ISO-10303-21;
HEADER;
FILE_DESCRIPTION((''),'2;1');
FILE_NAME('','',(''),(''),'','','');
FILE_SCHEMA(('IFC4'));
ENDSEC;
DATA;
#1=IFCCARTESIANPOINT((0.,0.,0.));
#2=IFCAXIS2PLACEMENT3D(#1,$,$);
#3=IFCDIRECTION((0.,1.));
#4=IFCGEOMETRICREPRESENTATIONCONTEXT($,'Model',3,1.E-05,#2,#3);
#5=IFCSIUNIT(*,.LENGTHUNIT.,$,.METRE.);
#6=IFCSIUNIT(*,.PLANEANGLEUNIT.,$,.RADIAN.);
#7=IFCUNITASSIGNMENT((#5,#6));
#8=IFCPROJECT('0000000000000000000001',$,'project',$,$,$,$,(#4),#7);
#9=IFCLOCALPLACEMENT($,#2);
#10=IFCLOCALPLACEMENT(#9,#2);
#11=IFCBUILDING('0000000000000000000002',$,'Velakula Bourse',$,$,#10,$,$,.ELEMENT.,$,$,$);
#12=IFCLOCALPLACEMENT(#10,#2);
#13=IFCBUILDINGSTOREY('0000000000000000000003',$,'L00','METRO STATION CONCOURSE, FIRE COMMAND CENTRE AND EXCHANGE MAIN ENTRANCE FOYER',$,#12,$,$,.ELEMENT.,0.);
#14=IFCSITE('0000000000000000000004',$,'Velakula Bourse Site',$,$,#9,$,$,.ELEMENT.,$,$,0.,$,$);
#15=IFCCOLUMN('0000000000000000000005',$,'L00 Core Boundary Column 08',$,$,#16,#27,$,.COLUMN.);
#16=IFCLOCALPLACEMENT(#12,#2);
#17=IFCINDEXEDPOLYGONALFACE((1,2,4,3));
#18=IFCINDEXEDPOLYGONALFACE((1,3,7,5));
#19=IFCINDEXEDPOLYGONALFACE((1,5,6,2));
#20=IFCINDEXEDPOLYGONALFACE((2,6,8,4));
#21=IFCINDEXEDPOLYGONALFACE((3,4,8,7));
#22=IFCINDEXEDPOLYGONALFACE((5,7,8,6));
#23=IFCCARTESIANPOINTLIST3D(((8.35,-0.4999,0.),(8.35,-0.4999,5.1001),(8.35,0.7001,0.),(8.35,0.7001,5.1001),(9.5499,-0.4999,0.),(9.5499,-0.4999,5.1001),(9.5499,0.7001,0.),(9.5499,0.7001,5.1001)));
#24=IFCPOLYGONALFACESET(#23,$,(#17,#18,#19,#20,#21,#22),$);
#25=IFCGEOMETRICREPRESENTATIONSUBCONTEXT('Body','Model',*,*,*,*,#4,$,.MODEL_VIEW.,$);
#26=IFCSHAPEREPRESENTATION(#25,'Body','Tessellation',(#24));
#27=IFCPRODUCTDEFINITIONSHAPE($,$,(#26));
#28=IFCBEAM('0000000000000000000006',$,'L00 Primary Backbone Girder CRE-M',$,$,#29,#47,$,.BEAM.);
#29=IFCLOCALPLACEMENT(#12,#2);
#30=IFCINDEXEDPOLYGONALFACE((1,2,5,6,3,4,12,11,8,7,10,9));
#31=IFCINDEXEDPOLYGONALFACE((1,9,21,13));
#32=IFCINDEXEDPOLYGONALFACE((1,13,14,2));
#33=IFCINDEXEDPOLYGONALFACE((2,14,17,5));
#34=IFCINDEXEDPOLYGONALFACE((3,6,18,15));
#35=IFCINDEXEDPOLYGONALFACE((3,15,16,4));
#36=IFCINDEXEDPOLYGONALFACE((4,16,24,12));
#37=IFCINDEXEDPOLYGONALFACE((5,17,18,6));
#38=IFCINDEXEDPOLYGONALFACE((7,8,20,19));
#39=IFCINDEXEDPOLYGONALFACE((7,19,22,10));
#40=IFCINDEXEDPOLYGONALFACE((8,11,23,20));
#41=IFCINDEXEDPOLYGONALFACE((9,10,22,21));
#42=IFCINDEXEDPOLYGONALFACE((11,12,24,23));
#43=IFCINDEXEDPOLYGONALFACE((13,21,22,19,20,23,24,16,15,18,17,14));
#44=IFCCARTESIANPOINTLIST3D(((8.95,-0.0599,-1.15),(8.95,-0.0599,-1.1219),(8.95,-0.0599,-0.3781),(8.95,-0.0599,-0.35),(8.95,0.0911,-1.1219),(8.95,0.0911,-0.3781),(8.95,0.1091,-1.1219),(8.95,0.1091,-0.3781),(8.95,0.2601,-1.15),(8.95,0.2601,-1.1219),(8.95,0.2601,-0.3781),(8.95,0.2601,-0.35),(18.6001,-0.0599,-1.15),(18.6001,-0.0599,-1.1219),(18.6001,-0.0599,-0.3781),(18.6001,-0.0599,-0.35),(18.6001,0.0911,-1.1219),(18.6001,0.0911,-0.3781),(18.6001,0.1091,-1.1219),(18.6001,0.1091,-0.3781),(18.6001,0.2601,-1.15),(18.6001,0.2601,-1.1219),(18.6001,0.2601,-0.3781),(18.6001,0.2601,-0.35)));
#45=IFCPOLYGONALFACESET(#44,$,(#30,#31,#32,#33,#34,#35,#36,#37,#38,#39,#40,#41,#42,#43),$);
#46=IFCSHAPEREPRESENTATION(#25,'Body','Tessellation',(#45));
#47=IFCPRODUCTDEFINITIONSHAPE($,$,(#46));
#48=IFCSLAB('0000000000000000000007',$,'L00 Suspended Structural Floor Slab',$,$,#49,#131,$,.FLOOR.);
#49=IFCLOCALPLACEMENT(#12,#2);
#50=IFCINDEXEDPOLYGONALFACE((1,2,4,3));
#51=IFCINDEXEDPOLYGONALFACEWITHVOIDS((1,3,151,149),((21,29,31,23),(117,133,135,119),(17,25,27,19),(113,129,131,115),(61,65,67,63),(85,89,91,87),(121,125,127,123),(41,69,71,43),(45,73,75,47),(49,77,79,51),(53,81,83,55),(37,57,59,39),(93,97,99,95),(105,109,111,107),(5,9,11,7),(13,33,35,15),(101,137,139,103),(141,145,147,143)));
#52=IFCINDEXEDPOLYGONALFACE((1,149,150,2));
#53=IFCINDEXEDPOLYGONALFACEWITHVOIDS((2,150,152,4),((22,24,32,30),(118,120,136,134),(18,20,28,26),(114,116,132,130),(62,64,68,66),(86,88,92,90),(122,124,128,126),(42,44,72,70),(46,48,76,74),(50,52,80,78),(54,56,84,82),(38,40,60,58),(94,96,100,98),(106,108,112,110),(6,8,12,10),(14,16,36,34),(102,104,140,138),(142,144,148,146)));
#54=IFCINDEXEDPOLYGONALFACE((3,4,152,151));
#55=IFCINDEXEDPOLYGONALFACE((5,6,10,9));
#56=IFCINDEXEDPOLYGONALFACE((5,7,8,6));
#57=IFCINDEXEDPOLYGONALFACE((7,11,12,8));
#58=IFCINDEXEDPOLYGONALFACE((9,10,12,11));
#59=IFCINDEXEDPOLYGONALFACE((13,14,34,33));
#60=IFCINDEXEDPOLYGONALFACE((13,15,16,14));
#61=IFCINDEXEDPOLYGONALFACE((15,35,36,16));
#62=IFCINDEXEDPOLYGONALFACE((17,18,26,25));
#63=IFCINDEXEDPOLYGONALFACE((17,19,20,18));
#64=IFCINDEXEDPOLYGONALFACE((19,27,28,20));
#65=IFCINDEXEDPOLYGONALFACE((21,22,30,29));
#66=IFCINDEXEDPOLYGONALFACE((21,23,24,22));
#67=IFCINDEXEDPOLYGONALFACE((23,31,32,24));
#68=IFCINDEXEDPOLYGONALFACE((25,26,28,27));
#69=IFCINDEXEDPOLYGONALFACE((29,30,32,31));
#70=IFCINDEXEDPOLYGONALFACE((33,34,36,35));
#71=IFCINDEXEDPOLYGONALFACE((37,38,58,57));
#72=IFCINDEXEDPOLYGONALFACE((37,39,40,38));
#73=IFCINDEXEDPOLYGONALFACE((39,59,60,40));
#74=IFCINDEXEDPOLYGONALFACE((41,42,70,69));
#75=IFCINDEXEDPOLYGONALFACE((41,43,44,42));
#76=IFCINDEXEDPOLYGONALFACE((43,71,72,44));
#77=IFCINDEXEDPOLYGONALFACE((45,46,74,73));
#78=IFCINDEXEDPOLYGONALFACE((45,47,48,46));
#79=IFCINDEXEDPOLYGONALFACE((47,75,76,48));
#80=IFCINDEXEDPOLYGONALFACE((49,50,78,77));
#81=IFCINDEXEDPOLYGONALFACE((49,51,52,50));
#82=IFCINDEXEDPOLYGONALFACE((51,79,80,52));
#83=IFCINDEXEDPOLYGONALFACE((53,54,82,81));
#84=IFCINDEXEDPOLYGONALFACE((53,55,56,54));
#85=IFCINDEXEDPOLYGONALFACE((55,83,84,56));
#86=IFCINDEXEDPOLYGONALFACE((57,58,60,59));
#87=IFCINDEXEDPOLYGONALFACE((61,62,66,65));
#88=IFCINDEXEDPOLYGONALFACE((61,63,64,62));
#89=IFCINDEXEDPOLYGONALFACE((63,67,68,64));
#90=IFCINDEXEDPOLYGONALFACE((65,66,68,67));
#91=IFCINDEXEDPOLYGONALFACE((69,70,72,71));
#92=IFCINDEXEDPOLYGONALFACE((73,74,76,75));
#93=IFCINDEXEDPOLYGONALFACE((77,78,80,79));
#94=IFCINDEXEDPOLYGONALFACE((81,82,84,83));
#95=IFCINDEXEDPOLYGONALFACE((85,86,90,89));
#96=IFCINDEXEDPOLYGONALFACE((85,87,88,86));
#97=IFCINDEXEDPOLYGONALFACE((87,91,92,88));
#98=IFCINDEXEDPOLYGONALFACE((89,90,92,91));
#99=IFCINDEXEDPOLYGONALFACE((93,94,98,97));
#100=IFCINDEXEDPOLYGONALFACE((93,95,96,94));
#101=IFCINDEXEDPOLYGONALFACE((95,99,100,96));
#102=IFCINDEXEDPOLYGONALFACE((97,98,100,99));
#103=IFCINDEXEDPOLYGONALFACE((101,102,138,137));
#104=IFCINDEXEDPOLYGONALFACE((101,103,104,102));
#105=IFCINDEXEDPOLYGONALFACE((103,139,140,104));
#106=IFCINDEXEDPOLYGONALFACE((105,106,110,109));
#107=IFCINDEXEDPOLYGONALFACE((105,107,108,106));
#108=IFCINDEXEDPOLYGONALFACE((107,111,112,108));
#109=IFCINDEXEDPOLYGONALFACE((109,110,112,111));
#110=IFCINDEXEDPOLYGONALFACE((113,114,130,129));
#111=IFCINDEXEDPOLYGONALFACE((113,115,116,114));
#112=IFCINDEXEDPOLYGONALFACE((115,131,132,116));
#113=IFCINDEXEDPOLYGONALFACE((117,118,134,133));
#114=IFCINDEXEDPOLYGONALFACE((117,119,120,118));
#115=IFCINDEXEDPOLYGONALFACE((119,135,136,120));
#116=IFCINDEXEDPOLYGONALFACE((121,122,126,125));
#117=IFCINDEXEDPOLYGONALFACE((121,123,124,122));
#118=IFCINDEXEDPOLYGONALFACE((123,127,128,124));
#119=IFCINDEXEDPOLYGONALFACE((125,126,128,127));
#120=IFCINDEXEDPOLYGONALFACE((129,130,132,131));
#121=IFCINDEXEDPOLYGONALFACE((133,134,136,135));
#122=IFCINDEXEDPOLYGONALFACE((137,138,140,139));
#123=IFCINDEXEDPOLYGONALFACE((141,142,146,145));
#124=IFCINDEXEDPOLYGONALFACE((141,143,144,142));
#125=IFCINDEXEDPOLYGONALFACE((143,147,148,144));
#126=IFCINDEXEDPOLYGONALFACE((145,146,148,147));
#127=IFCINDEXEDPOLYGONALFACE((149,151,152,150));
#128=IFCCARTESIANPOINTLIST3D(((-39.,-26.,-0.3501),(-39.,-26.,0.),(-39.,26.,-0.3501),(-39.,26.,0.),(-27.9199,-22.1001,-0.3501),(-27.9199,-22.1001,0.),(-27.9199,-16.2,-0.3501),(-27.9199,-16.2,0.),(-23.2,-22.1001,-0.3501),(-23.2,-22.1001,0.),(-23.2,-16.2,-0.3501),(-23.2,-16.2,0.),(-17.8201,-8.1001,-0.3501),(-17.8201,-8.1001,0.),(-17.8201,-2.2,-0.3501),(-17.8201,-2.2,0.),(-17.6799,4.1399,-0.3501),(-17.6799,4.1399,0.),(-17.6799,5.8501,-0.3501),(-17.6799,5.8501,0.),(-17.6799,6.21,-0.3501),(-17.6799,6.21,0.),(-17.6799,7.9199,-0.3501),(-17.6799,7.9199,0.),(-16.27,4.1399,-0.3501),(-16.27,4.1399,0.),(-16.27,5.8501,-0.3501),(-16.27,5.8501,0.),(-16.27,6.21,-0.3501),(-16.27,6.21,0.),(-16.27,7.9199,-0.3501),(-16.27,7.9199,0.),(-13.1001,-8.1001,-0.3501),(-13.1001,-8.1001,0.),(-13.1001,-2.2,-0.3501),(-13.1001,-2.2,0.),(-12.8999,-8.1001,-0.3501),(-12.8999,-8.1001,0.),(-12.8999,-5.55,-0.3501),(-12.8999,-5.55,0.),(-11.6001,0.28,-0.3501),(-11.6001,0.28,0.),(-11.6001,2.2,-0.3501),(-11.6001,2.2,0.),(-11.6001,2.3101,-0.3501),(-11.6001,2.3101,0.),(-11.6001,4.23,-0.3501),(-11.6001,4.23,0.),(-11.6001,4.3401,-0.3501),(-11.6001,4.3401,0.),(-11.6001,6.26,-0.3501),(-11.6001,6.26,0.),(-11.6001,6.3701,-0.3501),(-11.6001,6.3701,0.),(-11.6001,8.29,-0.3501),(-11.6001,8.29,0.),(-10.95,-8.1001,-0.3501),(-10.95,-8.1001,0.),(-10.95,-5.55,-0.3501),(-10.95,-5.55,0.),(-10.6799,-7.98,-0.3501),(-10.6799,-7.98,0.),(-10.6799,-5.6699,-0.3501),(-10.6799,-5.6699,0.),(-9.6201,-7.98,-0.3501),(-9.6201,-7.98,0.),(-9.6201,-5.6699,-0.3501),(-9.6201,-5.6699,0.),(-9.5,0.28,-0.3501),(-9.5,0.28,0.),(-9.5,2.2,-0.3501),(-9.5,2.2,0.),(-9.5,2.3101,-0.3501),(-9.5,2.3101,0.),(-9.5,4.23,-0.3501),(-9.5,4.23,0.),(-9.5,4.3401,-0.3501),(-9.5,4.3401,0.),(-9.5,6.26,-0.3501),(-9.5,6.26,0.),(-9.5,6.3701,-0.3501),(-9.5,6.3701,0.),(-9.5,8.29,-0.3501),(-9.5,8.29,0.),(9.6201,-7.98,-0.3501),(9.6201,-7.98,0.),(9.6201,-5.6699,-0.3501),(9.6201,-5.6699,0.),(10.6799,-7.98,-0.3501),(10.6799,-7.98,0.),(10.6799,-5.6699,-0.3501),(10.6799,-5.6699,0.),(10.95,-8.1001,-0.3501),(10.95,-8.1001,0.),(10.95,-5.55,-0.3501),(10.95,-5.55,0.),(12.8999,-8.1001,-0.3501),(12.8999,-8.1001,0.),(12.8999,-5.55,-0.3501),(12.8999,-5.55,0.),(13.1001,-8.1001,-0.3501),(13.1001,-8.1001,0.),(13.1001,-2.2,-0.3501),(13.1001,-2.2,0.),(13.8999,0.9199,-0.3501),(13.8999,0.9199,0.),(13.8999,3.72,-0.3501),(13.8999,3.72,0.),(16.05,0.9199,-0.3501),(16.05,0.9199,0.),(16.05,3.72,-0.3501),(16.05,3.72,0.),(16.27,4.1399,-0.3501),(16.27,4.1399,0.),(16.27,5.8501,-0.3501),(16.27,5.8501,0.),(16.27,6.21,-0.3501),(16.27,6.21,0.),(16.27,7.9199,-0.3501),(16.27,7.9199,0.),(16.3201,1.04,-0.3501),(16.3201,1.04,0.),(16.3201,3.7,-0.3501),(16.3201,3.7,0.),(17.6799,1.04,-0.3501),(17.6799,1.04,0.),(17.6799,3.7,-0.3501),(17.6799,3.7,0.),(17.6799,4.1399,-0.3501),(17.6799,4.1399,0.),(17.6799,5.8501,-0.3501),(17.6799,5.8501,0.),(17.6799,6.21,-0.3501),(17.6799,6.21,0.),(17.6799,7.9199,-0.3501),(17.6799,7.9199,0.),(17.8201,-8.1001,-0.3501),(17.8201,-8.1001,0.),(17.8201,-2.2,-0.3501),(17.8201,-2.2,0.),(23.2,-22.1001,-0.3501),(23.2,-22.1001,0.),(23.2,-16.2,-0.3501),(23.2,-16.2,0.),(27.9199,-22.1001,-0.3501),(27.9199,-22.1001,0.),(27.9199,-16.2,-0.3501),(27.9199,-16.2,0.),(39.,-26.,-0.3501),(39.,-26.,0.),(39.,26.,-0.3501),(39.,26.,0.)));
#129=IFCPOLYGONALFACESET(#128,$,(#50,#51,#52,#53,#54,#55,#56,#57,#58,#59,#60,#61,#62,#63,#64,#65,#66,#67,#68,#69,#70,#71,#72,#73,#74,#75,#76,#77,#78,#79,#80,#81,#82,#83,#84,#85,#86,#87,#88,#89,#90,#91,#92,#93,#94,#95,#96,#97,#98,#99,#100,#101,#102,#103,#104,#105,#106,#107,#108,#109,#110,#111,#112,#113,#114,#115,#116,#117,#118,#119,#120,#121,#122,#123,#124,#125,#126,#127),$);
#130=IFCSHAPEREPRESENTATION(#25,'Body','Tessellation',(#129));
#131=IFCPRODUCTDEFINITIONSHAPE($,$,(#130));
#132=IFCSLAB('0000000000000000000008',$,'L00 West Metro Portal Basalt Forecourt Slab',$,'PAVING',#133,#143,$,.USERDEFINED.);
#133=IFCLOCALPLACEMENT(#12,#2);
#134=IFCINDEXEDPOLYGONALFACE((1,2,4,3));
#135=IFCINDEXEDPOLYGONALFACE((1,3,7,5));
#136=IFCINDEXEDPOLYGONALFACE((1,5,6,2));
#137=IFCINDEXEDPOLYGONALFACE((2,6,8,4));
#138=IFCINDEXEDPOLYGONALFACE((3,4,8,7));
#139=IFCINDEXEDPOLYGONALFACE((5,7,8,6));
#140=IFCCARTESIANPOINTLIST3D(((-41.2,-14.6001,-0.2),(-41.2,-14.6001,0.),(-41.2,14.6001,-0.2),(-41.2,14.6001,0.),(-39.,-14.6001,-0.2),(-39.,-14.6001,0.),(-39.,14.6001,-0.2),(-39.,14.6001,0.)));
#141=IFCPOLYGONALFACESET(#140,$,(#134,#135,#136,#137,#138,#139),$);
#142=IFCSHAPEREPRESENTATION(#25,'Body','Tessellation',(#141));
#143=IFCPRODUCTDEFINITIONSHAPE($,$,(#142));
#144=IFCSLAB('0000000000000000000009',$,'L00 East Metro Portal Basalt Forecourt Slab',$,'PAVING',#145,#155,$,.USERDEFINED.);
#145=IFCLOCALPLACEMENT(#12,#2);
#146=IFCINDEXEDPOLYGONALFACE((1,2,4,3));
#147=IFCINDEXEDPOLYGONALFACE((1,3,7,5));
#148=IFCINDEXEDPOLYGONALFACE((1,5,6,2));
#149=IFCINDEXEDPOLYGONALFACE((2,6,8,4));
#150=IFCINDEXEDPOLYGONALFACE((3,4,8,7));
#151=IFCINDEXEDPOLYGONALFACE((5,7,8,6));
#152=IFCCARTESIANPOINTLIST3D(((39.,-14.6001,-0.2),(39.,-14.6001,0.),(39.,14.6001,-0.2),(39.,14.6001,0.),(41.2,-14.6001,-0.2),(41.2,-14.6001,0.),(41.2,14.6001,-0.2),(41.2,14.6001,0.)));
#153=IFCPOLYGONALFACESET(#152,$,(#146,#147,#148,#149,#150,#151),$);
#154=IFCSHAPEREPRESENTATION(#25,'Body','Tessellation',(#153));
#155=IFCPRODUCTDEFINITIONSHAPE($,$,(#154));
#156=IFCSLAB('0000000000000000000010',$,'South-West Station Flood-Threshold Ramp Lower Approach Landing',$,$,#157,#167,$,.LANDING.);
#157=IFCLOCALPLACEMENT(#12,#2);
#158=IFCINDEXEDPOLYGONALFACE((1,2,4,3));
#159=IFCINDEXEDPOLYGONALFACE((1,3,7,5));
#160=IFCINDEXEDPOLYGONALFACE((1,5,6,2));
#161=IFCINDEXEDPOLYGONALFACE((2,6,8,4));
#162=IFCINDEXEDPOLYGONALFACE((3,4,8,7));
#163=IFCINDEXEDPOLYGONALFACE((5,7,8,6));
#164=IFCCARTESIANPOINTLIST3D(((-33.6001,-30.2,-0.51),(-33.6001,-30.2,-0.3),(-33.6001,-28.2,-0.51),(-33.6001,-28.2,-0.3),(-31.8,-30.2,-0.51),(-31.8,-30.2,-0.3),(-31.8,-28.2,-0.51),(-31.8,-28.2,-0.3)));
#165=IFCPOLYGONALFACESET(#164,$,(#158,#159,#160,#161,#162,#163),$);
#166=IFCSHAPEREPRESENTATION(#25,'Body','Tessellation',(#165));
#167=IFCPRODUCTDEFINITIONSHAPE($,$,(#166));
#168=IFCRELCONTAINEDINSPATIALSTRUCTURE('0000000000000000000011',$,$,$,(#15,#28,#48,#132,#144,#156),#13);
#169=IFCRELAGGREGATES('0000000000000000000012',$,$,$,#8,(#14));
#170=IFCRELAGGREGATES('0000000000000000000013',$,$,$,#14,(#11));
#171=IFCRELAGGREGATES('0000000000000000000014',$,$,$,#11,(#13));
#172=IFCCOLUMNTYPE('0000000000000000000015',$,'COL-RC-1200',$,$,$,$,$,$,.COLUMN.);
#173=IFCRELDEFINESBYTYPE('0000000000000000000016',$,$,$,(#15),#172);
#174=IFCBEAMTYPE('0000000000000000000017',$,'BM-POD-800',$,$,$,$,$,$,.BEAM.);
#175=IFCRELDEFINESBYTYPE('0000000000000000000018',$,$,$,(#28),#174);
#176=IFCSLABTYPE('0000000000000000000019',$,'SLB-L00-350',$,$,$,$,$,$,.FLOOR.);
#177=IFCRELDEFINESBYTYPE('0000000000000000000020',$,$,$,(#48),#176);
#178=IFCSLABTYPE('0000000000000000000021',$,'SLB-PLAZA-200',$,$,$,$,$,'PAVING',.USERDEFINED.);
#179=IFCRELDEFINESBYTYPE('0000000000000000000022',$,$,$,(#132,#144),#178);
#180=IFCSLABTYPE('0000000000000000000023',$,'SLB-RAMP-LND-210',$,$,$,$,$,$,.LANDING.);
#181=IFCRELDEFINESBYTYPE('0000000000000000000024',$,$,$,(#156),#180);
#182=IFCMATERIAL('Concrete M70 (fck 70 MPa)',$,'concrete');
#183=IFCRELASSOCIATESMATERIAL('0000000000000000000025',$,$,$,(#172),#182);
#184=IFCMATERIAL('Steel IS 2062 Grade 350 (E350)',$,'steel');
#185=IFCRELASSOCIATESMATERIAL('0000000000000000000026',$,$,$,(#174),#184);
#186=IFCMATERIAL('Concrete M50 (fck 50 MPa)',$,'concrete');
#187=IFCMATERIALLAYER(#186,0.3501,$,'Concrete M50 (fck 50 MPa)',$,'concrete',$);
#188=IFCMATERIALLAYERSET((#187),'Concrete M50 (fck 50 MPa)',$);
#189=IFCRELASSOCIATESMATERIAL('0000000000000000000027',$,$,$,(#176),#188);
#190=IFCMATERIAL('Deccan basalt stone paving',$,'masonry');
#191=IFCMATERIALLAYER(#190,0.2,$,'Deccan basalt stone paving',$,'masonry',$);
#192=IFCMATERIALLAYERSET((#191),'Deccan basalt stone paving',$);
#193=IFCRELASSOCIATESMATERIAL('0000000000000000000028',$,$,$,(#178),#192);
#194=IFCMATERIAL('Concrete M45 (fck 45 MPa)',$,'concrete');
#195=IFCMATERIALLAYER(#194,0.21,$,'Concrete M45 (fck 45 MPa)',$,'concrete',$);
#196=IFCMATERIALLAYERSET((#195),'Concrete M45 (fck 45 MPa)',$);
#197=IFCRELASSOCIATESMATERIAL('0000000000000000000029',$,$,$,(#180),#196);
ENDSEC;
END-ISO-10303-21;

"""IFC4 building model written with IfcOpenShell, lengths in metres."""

from ifc_helpers import new_model, si_unit, direction, frame, origin, origin_2d, place, context, subcontext, project, spatial, polyline, rectangle, i_section, outline, extrude, material, layer, layer_set, material_profile, profile_set, type_object, element, save


model = new_model("IFC4")

# Units and contexts
model_context = context("Model", 3, precision=1e-05, world=origin(), true_north=direction((0.0, 1.0)))
body_context = subcontext(model_context, "Body", "Model", "MODEL_VIEW")
ifc_project = project(units=[si_unit("LENGTHUNIT", "METRE"), si_unit("PLANEANGLEUNIT", "RADIAN")], contexts=[model_context])

# Site, building, storey
site_placement = place(None, origin())
site = spatial("IfcSite", under=ifc_project, at=site_placement, Name="Velakula Bourse Site", CompositionType="ELEMENT", RefElevation=0.0)
building_placement = place(site_placement, origin())
building = spatial("IfcBuilding", under=site, at=building_placement, Name="Velakula Bourse", CompositionType="ELEMENT")
storey_placement = place(building_placement, origin())
storey = spatial("IfcBuildingStorey", under=building, at=storey_placement, Name="L00", Description="METRO STATION CONCOURSE, FIRE COMMAND CENTRE AND EXCHANGE MAIN ENTRANCE FOYER", CompositionType="ELEMENT", Elevation=0.0)

# Column
ifc_material_1 = material(Name="Concrete M70 (fck 70 MPa)", Category="concrete")
ifc_material_profile_1 = material_profile(ifc_material_1, rectangle(XDim=1.2, YDim=1.2, at=origin_2d()), Name="Concrete M70 (fck 70 MPa)")
ifc_profile_set_1 = profile_set([ifc_material_profile_1], Name="Concrete M70 (fck 70 MPa)")
column_type = type_object("IfcColumnType", Name="COL-RC-1200", PredefinedType="COLUMN", material=ifc_profile_set_1)
column_placement = place(storey_placement, frame((8.95, 0.1001, 0.0), z_axis=(0.0, 0.0, 1.0), x_axis=(1.0, 0.0, 0.0)))
element("IfcColumn", 1, at=column_placement, inside=storey, type_object=column_type, Name="L00 Core Boundary Column 08", PredefinedType="COLUMN", context=body_context, shape_type="SweptSolid", body=[
    extrude(rectangle(XDim=1.2, YDim=1.2, at=origin_2d()), origin(), (0.0, 0.0, 1.0), 5.1001),
])

# Beam
ifc_material_2 = material(Name="Steel IS 2062 Grade 350 (E350)", Category="steel")
ifc_material_profile_2 = material_profile(ifc_material_2, i_section(OverallWidth=0.3201, OverallDepth=0.8, WebThickness=0.0181, FlangeThickness=0.0281, at=origin_2d()), Name="Steel IS 2062 Grade 350 (E350)")
ifc_profile_set_2 = profile_set([ifc_material_profile_2], Name="Steel IS 2062 Grade 350 (E350)")
beam_type = type_object("IfcBeamType", Name="BM-POD-800", PredefinedType="BEAM", material=ifc_profile_set_2)
beam_placement = place(storey_placement, frame((8.95, 0.1001, -0.75), z_axis=(1.0, 0.0, 0.0), x_axis=(0.0, 1.0, 0.0)))
element("IfcBeam", 2, at=beam_placement, inside=storey, type_object=beam_type, Name="L00 Primary Backbone Girder CRE-M", PredefinedType="BEAM", context=body_context, shape_type="SweptSolid", body=[
    extrude(i_section(OverallWidth=0.3201, OverallDepth=0.8, WebThickness=0.0181, FlangeThickness=0.0281, at=origin_2d()), origin(), (0.0, 0.0, 1.0), 9.6501),
])

# Slabs
ifc_material_3 = material(Name="Concrete M50 (fck 50 MPa)", Category="concrete")
ifc_layer_1 = layer(ifc_material_3, 0.3501, Name="Concrete M50 (fck 50 MPa)", Category="concrete")
ifc_layer_set_1 = layer_set([ifc_layer_1], Name="Concrete M50 (fck 50 MPa)")
slab_type_1 = type_object("IfcSlabType", Name="SLB-L00-350", PredefinedType="FLOOR", material=ifc_layer_set_1)
slab_1_placement = place(storey_placement, frame((0.0, 0.0, -0.3501)))
element("IfcSlab", 3, at=slab_1_placement, inside=storey, type_object=slab_type_1, Name="L00 Suspended Structural Floor Slab", PredefinedType="FLOOR", context=body_context, shape_type="SweptSolid", body=[
    extrude(outline(polyline([(-39.0, -26.0), (39.0, -26.0), (39.0, 26.0), (-39.0, 26.0), (-39.0, -26.0)]), holes=[polyline([(-17.8201, -8.1001), (-13.1001, -8.1001), (-13.1001, -2.2), (-17.8201, -2.2), (-17.8201, -8.1001)]), polyline([(13.1001, -8.1001), (17.8201, -8.1001), (17.8201, -2.2), (13.1001, -2.2), (13.1001, -8.1001)]), polyline([(-27.9199, -22.1001), (-23.2, -22.1001), (-23.2, -16.2), (-27.9199, -16.2), (-27.9199, -22.1001)]), polyline([(23.2, -22.1001), (27.9199, -22.1001), (27.9199, -16.2), (23.2, -16.2), (23.2, -22.1001)]), polyline([(-12.8999, -8.1001), (-10.95, -8.1001), (-10.95, -5.55), (-12.8999, -5.55), (-12.8999, -8.1001)]), polyline([(10.95, -8.1001), (12.8999, -8.1001), (12.8999, -5.55), (10.95, -5.55), (10.95, -8.1001)]), polyline([(13.8999, 0.9199), (16.05, 0.9199), (16.05, 3.72), (13.8999, 3.72), (13.8999, 0.9199)]), polyline([(-10.6799, -7.98), (-9.6201, -7.98), (-9.6201, -5.6699), (-10.6799, -5.6699), (-10.6799, -7.98)]), polyline([(-17.6799, 4.1399), (-16.27, 4.1399), (-16.27, 5.8501), (-17.6799, 5.8501), (-17.6799, 4.1399)]), polyline([(-17.6799, 6.21), (-16.27, 6.21), (-16.27, 7.9199), (-17.6799, 7.9199), (-17.6799, 6.21)]), polyline([(9.6201, -7.98), (10.6799, -7.98), (10.6799, -5.6699), (9.6201, -5.6699), (9.6201, -7.98)]), polyline([(16.27, 4.1399), (17.6799, 4.1399), (17.6799, 5.8501), (16.27, 5.8501), (16.27, 4.1399)]), polyline([(16.27, 6.21), (17.6799, 6.21), (17.6799, 7.9199), (16.27, 7.9199), (16.27, 6.21)]), polyline([(16.3201, 1.04), (17.6799, 1.04), (17.6799, 3.7), (16.3201, 3.7), (16.3201, 1.04)]), polyline([(-11.6001, 0.28), (-9.5, 0.28), (-9.5, 2.2), (-11.6001, 2.2), (-11.6001, 0.28)]), polyline([(-11.6001, 2.3101), (-9.5, 2.3101), (-9.5, 4.23), (-11.6001, 4.23), (-11.6001, 2.3101)]), polyline([(-11.6001, 4.3401), (-9.5, 4.3401), (-9.5, 6.26), (-11.6001, 6.26), (-11.6001, 4.3401)]), polyline([(-11.6001, 6.3701), (-9.5, 6.3701), (-9.5, 8.29), (-11.6001, 8.29), (-11.6001, 6.3701)])]), origin(), (0.0, 0.0, 1.0), 0.3501),
])
ifc_material_4 = material(Name="Deccan basalt stone paving", Category="masonry")
ifc_layer_2 = layer(ifc_material_4, 0.2, Name="Deccan basalt stone paving", Category="masonry")
ifc_layer_set_2 = layer_set([ifc_layer_2], Name="Deccan basalt stone paving")
slab_type_2 = type_object("IfcSlabType", Name="SLB-PLAZA-200", ElementType="PAVING", PredefinedType="USERDEFINED", material=ifc_layer_set_2)
slab_2_placement = place(storey_placement, frame((0.0, 0.0, -0.2)))
element("IfcSlab", 4, at=slab_2_placement, inside=storey, type_object=slab_type_2, Name="L00 West Metro Portal Basalt Forecourt Slab", ObjectType="PAVING", PredefinedType="USERDEFINED", context=body_context, shape_type="SweptSolid", body=[
    extrude(outline(polyline([(-41.2, -14.6001), (-39.0, -14.6001), (-39.0, 14.6001), (-41.2, 14.6001), (-41.2, -14.6001)])), origin(), (0.0, 0.0, 1.0), 0.2),
])
slab_3_placement = place(storey_placement, frame((0.0, 0.0, -0.2)))
element("IfcSlab", 5, at=slab_3_placement, inside=storey, type_object=slab_type_2, Name="L00 East Metro Portal Basalt Forecourt Slab", ObjectType="PAVING", PredefinedType="USERDEFINED", context=body_context, shape_type="SweptSolid", body=[
    extrude(outline(polyline([(39.0, -14.6001), (41.2, -14.6001), (41.2, 14.6001), (39.0, 14.6001), (39.0, -14.6001)])), origin(), (0.0, 0.0, 1.0), 0.2),
])
ifc_material_5 = material(Name="Concrete M45 (fck 45 MPa)", Category="concrete")
ifc_layer_3 = layer(ifc_material_5, 0.21, Name="Concrete M45 (fck 45 MPa)", Category="concrete")
ifc_layer_set_3 = layer_set([ifc_layer_3], Name="Concrete M45 (fck 45 MPa)")
slab_type_3 = type_object("IfcSlabType", Name="SLB-RAMP-LND-210", PredefinedType="LANDING", material=ifc_layer_set_3)
slab_4_placement = place(storey_placement, frame((0.0, 0.0, -0.51)))
element("IfcSlab", 6, at=slab_4_placement, inside=storey, type_object=slab_type_3, Name="South-West Station Flood-Threshold Ramp Lower Approach Landing", PredefinedType="LANDING", context=body_context, shape_type="SweptSolid", body=[
    extrude(outline(polyline([(-33.6001, -30.2), (-31.8, -30.2), (-31.8, -28.2), (-33.6001, -28.2), (-33.6001, -30.2)])), origin(), (0.0, 0.0, 1.0), 0.21),
])

save(model, "model.ifc")
